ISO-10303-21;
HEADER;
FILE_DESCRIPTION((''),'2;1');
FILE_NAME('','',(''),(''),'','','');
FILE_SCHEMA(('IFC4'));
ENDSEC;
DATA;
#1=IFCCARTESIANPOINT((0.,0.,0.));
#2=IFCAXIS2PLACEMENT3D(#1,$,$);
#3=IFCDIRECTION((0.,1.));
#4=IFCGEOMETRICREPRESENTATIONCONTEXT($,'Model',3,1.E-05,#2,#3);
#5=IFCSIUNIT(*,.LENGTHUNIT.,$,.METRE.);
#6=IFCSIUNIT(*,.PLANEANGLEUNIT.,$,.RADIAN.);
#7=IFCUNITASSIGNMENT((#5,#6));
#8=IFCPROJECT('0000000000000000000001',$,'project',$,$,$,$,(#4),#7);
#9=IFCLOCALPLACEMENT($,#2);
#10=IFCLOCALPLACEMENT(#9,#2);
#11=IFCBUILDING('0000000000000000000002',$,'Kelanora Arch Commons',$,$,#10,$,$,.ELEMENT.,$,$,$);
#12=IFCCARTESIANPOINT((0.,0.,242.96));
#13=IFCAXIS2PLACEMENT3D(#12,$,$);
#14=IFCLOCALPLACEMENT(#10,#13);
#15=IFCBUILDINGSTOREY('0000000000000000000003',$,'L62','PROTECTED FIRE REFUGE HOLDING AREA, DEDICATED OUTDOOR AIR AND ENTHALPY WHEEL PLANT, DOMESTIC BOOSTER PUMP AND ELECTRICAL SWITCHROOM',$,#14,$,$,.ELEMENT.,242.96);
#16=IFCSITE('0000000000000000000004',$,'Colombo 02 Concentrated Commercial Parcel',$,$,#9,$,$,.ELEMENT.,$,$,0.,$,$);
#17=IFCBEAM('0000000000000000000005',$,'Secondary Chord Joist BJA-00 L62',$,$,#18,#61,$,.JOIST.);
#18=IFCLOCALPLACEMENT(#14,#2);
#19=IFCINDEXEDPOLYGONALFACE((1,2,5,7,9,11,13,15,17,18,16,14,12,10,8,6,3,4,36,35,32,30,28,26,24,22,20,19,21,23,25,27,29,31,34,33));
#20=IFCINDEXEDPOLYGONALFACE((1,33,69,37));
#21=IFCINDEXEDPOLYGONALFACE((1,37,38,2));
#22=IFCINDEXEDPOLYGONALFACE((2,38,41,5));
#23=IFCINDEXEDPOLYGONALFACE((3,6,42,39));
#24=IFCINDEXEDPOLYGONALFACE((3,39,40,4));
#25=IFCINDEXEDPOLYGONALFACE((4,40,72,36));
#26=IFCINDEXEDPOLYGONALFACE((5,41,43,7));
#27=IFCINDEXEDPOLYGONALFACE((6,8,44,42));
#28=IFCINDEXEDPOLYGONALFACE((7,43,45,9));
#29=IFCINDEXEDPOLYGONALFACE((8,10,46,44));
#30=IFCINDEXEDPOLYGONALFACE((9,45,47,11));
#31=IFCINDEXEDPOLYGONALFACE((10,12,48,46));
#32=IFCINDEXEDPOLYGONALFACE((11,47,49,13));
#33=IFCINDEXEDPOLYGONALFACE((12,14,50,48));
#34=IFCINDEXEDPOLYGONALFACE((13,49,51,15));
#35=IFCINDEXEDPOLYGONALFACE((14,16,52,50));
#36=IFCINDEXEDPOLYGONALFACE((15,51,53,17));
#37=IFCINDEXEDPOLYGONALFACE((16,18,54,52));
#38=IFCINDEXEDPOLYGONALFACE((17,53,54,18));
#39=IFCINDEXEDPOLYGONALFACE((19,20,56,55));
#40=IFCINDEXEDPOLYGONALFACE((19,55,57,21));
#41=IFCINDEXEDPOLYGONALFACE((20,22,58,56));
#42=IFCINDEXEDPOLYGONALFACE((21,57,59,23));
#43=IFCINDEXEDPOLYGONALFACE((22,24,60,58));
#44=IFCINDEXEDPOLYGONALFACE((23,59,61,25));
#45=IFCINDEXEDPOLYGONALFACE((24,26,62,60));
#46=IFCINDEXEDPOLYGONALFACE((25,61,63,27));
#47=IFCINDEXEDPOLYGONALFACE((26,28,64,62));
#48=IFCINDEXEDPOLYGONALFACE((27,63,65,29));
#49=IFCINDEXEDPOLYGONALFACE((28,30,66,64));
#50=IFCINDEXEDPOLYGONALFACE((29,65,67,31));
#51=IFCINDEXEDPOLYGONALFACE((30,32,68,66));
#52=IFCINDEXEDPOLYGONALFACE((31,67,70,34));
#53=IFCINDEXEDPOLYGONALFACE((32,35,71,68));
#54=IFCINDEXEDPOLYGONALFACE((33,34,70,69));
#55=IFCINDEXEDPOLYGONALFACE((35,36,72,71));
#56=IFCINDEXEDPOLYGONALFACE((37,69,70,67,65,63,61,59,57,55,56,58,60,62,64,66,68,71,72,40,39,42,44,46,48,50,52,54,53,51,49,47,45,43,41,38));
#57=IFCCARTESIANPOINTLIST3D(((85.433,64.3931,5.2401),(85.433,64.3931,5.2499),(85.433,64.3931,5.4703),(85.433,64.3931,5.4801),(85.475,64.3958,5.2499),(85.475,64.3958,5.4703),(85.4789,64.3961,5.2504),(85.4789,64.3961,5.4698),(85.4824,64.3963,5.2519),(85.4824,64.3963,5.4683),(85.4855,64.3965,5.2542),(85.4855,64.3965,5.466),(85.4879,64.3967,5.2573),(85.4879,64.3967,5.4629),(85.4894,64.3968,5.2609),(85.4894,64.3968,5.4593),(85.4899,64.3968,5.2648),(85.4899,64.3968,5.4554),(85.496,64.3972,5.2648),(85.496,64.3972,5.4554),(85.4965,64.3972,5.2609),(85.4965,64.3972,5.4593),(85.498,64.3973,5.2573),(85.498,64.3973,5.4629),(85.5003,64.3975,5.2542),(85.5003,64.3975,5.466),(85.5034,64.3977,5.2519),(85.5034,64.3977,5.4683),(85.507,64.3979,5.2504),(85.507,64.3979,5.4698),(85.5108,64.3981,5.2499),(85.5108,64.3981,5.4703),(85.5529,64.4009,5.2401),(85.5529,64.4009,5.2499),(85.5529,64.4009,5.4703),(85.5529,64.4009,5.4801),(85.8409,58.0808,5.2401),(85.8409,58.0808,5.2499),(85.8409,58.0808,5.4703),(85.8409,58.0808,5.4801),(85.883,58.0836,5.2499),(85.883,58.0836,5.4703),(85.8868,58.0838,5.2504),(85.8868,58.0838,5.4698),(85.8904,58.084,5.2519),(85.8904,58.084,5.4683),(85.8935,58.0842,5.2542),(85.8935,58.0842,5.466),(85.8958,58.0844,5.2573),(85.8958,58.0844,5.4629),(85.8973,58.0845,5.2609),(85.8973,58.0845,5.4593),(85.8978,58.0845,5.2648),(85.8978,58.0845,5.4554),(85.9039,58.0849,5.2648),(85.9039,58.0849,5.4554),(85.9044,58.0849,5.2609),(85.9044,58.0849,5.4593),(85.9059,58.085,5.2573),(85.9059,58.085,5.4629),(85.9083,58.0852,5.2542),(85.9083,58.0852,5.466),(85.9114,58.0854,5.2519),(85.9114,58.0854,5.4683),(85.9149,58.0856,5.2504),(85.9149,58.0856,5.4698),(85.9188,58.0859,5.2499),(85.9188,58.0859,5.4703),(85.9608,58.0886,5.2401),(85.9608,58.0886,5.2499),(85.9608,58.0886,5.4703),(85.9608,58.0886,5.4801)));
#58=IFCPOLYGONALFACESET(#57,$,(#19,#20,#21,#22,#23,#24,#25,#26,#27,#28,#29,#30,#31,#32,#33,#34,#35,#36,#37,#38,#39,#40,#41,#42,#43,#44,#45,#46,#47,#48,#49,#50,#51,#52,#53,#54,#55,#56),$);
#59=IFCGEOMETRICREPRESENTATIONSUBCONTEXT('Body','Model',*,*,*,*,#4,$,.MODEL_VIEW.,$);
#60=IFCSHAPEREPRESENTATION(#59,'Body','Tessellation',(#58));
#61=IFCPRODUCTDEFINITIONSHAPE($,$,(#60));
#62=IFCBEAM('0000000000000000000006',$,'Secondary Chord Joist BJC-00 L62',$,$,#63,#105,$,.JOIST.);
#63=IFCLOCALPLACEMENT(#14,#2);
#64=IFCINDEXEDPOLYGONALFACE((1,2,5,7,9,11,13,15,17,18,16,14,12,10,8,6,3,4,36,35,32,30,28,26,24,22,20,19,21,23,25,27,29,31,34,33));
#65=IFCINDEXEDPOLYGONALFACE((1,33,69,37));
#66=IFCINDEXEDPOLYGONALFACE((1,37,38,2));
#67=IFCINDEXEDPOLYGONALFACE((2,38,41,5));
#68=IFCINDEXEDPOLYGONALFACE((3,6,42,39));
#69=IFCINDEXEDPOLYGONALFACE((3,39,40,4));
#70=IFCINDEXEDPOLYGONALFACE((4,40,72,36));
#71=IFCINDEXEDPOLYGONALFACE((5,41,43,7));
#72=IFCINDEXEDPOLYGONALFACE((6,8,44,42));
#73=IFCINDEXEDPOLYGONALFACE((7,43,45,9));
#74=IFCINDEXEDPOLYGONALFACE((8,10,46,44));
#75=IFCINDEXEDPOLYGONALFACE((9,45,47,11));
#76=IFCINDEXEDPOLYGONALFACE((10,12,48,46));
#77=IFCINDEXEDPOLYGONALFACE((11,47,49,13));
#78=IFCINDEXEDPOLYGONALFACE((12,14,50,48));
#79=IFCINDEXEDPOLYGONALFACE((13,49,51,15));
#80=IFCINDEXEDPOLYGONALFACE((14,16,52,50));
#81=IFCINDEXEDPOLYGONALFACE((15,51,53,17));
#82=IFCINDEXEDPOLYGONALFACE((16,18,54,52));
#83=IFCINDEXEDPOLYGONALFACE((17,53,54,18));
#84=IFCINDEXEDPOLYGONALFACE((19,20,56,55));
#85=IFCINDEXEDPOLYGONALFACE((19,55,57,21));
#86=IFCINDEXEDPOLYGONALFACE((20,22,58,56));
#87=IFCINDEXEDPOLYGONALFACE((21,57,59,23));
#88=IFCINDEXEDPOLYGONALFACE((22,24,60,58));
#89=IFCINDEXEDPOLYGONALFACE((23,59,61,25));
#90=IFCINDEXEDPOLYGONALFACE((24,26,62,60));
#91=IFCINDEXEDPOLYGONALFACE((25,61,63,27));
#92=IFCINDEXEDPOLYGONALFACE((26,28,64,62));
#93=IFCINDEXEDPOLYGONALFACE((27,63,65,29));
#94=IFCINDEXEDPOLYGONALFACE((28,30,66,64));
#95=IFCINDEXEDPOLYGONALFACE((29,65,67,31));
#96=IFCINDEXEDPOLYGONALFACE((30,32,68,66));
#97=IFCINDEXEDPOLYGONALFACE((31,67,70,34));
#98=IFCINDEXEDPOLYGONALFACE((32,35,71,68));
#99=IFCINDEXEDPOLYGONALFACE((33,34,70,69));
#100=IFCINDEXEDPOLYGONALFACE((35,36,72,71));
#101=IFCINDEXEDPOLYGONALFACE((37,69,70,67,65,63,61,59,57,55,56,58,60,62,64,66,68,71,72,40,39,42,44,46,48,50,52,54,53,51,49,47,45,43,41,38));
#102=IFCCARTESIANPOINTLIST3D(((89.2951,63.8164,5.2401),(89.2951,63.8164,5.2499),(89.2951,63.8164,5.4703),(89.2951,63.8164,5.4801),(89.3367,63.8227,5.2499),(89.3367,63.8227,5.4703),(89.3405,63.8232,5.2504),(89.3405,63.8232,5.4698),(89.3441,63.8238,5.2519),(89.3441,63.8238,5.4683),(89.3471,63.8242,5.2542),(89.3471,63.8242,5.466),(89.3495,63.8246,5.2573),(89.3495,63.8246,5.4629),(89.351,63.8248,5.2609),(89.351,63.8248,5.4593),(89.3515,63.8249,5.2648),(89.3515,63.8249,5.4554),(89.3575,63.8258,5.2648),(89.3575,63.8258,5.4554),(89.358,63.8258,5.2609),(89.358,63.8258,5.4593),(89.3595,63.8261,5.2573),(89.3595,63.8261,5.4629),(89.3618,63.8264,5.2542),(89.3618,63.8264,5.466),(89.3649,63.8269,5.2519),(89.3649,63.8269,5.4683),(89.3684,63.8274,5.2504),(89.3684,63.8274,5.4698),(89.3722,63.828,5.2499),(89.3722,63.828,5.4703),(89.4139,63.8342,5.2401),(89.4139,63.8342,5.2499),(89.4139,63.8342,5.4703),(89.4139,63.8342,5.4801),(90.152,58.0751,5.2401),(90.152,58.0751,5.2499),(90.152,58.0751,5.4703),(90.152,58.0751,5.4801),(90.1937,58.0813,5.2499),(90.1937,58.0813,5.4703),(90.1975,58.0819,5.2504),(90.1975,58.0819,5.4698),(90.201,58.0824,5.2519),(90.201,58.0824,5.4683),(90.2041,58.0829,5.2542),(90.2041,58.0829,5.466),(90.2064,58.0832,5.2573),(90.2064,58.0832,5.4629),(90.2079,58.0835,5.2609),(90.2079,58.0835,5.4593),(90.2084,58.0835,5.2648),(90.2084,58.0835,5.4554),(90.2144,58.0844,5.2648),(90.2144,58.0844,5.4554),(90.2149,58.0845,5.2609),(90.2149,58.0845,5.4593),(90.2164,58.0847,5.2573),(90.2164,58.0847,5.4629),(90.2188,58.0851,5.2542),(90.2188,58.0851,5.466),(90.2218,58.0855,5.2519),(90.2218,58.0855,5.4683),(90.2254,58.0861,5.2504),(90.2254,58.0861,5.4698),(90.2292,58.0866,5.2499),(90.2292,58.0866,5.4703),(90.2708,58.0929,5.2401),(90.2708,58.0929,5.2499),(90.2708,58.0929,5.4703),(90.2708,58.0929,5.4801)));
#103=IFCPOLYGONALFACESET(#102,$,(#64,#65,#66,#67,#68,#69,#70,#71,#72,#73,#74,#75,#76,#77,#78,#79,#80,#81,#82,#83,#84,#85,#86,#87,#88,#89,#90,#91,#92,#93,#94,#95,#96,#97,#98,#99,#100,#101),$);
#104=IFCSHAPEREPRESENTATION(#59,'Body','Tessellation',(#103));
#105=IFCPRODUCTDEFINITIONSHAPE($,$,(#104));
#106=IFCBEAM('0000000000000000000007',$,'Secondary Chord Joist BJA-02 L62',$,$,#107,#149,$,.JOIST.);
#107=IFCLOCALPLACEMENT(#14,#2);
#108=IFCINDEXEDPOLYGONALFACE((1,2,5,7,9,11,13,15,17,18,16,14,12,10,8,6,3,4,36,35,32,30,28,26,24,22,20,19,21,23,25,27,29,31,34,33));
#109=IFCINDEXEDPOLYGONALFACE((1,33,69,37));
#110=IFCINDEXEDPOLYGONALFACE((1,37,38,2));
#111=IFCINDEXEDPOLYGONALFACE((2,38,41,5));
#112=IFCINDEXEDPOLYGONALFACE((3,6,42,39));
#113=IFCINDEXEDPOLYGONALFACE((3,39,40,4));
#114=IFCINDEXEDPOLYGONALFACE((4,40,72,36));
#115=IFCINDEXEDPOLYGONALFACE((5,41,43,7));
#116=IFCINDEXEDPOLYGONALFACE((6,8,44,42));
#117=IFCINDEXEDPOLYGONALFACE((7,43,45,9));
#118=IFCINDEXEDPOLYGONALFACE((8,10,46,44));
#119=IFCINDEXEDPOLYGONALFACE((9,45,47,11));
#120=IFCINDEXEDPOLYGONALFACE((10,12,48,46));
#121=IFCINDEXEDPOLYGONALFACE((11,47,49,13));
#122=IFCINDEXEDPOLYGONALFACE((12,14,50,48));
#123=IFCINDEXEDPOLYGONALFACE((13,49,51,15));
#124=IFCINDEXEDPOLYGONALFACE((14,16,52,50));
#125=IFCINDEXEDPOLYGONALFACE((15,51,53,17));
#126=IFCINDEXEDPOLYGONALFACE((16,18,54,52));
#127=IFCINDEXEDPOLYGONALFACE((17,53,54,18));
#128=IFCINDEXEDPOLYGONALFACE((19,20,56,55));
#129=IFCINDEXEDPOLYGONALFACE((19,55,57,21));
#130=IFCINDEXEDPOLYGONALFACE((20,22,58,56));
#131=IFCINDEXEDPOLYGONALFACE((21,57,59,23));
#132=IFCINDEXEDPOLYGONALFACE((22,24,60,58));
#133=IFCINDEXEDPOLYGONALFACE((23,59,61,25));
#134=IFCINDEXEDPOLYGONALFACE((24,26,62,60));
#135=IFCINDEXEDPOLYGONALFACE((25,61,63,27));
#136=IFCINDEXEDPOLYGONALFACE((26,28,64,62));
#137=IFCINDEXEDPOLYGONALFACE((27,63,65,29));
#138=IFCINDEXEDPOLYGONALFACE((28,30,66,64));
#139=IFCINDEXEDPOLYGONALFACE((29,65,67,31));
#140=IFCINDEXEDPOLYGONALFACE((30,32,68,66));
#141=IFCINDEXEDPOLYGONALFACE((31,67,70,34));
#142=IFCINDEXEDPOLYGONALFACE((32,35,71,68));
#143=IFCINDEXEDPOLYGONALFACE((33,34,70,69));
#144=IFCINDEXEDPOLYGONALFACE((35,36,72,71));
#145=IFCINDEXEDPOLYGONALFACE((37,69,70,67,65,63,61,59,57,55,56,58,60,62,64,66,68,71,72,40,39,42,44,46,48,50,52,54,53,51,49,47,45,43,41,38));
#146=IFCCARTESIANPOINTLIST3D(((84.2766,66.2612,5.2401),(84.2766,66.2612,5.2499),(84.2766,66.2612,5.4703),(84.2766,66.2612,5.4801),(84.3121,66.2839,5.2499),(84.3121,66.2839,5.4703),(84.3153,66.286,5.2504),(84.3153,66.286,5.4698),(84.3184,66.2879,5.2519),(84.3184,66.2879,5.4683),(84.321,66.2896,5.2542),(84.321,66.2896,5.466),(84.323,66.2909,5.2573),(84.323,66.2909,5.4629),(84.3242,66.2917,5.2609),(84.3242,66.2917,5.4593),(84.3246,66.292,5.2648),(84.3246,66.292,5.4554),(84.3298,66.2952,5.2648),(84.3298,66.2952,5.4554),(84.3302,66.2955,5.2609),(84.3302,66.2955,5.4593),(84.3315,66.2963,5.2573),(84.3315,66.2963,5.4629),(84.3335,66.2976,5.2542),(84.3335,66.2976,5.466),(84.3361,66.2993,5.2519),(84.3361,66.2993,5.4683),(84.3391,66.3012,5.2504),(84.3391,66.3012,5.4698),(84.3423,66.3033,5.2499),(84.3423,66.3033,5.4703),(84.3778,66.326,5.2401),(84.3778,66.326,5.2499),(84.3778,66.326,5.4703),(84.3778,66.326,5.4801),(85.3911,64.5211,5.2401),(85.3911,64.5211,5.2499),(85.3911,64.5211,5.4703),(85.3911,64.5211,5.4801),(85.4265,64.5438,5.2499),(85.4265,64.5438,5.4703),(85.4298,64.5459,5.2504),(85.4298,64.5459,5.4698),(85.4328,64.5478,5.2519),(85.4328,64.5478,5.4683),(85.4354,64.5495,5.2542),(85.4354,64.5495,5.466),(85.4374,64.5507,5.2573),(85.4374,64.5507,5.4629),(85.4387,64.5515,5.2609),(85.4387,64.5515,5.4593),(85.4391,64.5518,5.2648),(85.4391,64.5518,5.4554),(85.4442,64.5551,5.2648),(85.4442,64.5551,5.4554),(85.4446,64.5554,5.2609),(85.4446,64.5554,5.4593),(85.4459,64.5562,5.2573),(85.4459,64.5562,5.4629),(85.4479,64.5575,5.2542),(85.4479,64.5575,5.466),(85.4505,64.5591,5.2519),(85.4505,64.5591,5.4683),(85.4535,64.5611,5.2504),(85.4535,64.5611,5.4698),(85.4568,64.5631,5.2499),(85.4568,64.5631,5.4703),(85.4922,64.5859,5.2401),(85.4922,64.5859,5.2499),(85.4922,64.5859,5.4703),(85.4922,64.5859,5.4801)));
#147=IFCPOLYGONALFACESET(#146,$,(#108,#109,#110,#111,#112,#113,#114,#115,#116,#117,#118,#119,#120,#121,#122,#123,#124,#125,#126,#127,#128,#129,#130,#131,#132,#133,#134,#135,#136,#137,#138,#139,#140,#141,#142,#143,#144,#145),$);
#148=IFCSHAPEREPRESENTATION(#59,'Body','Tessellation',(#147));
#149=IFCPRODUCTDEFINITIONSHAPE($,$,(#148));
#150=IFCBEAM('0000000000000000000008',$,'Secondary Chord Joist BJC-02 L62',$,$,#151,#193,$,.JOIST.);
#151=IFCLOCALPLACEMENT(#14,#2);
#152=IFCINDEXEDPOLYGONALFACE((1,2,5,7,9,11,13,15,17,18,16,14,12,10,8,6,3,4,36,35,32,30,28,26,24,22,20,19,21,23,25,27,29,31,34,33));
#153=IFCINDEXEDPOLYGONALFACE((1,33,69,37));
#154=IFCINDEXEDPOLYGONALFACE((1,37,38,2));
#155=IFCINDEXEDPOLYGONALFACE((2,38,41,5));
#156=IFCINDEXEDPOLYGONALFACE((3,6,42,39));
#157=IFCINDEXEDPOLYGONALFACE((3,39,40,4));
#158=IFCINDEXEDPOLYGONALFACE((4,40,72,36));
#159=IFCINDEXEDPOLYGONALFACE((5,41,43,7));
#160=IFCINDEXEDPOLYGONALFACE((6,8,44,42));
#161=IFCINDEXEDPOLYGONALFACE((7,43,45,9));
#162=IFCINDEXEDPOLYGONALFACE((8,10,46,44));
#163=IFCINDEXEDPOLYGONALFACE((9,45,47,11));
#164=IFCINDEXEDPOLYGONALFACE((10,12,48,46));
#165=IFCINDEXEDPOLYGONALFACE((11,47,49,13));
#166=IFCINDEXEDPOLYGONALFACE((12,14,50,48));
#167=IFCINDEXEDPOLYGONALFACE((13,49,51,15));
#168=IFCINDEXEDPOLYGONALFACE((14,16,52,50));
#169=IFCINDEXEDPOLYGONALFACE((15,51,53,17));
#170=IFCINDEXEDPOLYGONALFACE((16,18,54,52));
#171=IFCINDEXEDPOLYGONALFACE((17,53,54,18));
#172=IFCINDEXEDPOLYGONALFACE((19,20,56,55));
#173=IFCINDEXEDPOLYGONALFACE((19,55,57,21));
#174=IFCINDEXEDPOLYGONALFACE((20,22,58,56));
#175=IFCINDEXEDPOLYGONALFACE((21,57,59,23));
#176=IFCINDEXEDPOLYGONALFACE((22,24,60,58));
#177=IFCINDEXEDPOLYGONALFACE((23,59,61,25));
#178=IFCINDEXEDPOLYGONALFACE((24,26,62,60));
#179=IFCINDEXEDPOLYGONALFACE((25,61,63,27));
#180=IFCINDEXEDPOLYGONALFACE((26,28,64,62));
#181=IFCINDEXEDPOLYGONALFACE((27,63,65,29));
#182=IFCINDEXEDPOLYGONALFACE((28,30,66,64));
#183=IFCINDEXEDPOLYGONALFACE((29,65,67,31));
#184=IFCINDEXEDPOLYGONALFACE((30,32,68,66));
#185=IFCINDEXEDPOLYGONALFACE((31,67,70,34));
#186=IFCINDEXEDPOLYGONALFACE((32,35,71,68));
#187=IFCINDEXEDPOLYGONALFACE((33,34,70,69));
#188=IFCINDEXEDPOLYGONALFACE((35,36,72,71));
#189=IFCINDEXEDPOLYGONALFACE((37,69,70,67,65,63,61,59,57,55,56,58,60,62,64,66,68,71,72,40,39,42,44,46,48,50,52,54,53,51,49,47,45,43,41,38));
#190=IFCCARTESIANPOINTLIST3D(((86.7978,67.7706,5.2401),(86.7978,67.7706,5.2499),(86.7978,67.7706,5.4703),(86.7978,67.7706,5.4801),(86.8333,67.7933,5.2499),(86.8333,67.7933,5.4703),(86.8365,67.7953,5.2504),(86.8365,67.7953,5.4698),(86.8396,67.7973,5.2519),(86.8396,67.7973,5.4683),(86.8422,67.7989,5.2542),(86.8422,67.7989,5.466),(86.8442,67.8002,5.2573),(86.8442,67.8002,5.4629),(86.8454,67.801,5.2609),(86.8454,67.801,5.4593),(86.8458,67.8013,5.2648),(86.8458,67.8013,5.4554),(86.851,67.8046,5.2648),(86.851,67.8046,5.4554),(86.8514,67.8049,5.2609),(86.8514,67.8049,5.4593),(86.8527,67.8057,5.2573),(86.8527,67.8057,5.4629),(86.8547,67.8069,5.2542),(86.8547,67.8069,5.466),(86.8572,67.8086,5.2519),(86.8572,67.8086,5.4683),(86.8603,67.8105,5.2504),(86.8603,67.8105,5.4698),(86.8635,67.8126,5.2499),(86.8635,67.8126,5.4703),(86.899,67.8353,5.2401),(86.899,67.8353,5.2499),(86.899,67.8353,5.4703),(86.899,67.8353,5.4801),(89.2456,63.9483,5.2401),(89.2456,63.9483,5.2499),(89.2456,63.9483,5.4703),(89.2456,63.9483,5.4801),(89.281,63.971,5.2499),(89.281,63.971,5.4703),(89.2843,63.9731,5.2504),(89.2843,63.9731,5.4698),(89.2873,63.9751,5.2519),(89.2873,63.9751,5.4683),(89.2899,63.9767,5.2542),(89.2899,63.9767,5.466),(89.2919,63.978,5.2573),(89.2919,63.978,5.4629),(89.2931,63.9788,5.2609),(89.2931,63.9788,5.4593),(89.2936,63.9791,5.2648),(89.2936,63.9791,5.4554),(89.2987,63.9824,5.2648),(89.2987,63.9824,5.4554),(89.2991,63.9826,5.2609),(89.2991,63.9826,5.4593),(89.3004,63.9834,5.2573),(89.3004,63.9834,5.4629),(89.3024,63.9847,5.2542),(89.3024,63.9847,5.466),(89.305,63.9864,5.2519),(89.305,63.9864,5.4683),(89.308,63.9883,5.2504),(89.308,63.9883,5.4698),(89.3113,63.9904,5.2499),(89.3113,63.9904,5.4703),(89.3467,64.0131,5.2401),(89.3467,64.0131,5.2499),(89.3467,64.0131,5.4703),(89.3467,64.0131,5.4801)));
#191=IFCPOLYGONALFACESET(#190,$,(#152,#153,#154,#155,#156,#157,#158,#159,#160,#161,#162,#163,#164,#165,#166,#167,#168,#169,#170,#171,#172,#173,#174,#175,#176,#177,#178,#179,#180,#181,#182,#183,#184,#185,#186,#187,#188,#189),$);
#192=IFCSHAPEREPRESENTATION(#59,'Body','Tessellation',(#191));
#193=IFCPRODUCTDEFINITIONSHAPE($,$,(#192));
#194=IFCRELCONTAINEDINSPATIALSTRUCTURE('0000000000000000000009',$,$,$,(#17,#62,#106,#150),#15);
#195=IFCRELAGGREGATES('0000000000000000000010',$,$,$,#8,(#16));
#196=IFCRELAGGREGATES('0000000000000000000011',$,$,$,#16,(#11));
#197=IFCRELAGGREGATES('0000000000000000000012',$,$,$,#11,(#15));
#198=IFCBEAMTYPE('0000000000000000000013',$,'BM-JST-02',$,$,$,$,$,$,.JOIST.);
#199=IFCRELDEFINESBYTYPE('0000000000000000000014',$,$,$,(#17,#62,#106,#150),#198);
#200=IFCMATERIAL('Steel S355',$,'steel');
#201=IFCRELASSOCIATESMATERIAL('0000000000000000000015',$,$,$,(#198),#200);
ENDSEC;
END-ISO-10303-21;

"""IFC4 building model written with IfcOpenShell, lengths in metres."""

from ifc_helpers import new_model, si_unit, direction, frame, origin, origin_2d, place, context, subcontext, project, spatial, i_section, extrude, material, material_profile, profile_set, type_object, element, save


model = new_model("IFC4")

# Units and contexts
model_context = context("Model", 3, precision=1e-05, world=origin(), true_north=direction((0.0, 1.0)))
body_context = subcontext(model_context, "Body", "Model", "MODEL_VIEW")
ifc_project = project(units=[si_unit("LENGTHUNIT", "METRE"), si_unit("PLANEANGLEUNIT", "RADIAN")], contexts=[model_context])

# Site, building, storey
site_placement = place(None, origin())
site = spatial("IfcSite", under=ifc_project, at=site_placement, Name="Colombo 02 Concentrated Commercial Parcel", CompositionType="ELEMENT", RefElevation=0.0)
building_placement = place(site_placement, origin())
building = spatial("IfcBuilding", under=site, at=building_placement, Name="Kelanora Arch Commons", CompositionType="ELEMENT")
storey_placement = place(building_placement, frame((0.0, 0.0, 242.96)))
storey = spatial("IfcBuildingStorey", under=building, at=storey_placement, Name="L62", Description="PROTECTED FIRE REFUGE HOLDING AREA, DEDICATED OUTDOOR AIR AND ENTHALPY WHEEL PLANT, DOMESTIC BOOSTER PUMP AND ELECTRICAL SWITCHROOM", CompositionType="ELEMENT", Elevation=242.96)

# Beams
ifc_material_1 = material(Name="Steel S355", Category="steel")
ifc_material_profile_1 = material_profile(ifc_material_1, i_section(OverallWidth=0.1201, OverallDepth=0.24, WebThickness=0.0061, FlangeThickness=0.0098, FilletRadius=0.0149, at=origin_2d()), Name="IPE240")
ifc_profile_set_1 = profile_set([ifc_material_profile_1], Name="Steel S355")
beam_type_1 = type_object("IfcBeamType", Name="BM-JST-02", PredefinedType="JOIST", material=ifc_profile_set_1)
beam_1_placement = place(storey_placement, frame((85.9009, 58.0847, 5.3601), z_axis=(-0.064495, 0.997918, 0.0), x_axis=(-0.997918, -0.064495, 0.0)))
element("IfcBeam", 1, at=beam_1_placement, inside=storey, type_object=beam_type_1, Name="Secondary Chord Joist BJA-00 L62", PredefinedType="JOIST", context=body_context, shape_type="SweptSolid", body=[
    extrude(i_section(OverallWidth=0.1201, OverallDepth=0.24, WebThickness=0.0061, FlangeThickness=0.0098, FilletRadius=0.0149, at=origin_2d()), origin(), (0.0, 0.0, 1.0), 6.3254),
])
beam_2_placement = place(storey_placement, frame((90.2114, 58.084, 5.3601), z_axis=(-0.147625, 0.989043, 0.0), x_axis=(-0.989043, -0.147625, 0.0)))
element("IfcBeam", 2, at=beam_2_placement, inside=storey, type_object=beam_type_1, Name="Secondary Chord Joist BJC-00 L62", PredefinedType="JOIST", context=body_context, shape_type="SweptSolid", body=[
    extrude(i_section(OverallWidth=0.1201, OverallDepth=0.24, WebThickness=0.0061, FlangeThickness=0.0098, FilletRadius=0.0149, at=origin_2d()), origin(), (0.0, 0.0, 1.0), 5.8049),
])
beam_3_placement = place(storey_placement, frame((85.4417, 64.5535, 5.3601), z_axis=(-0.539312, 0.842106, 0.0), x_axis=(-0.842106, -0.539312, 0.0)))
element("IfcBeam", 3, at=beam_3_placement, inside=storey, type_object=beam_type_1, Name="Secondary Chord Joist BJA-02 L62", PredefinedType="JOIST", context=body_context, shape_type="SweptSolid", body=[
    extrude(i_section(OverallWidth=0.1201, OverallDepth=0.24, WebThickness=0.0061, FlangeThickness=0.0098, FilletRadius=0.0149, at=origin_2d()), origin(), (0.0, 0.0, 1.0), 2.0664),
])
beam_4_placement = place(storey_placement, frame((89.2961, 63.9807, 5.3601), z_axis=(-0.539289, 0.842121, 0.0), x_axis=(-0.842121, -0.539289, 0.0)))
element("IfcBeam", 4, at=beam_4_placement, inside=storey, type_object=beam_type_1, Name="Secondary Chord Joist BJC-02 L62", PredefinedType="JOIST", context=body_context, shape_type="SweptSolid", body=[
    extrude(i_section(OverallWidth=0.1201, OverallDepth=0.24, WebThickness=0.0061, FlangeThickness=0.0098, FilletRadius=0.0149, at=origin_2d()), origin(), (0.0, 0.0, 1.0), 4.5388),
])

save(model, "model.ifc")
